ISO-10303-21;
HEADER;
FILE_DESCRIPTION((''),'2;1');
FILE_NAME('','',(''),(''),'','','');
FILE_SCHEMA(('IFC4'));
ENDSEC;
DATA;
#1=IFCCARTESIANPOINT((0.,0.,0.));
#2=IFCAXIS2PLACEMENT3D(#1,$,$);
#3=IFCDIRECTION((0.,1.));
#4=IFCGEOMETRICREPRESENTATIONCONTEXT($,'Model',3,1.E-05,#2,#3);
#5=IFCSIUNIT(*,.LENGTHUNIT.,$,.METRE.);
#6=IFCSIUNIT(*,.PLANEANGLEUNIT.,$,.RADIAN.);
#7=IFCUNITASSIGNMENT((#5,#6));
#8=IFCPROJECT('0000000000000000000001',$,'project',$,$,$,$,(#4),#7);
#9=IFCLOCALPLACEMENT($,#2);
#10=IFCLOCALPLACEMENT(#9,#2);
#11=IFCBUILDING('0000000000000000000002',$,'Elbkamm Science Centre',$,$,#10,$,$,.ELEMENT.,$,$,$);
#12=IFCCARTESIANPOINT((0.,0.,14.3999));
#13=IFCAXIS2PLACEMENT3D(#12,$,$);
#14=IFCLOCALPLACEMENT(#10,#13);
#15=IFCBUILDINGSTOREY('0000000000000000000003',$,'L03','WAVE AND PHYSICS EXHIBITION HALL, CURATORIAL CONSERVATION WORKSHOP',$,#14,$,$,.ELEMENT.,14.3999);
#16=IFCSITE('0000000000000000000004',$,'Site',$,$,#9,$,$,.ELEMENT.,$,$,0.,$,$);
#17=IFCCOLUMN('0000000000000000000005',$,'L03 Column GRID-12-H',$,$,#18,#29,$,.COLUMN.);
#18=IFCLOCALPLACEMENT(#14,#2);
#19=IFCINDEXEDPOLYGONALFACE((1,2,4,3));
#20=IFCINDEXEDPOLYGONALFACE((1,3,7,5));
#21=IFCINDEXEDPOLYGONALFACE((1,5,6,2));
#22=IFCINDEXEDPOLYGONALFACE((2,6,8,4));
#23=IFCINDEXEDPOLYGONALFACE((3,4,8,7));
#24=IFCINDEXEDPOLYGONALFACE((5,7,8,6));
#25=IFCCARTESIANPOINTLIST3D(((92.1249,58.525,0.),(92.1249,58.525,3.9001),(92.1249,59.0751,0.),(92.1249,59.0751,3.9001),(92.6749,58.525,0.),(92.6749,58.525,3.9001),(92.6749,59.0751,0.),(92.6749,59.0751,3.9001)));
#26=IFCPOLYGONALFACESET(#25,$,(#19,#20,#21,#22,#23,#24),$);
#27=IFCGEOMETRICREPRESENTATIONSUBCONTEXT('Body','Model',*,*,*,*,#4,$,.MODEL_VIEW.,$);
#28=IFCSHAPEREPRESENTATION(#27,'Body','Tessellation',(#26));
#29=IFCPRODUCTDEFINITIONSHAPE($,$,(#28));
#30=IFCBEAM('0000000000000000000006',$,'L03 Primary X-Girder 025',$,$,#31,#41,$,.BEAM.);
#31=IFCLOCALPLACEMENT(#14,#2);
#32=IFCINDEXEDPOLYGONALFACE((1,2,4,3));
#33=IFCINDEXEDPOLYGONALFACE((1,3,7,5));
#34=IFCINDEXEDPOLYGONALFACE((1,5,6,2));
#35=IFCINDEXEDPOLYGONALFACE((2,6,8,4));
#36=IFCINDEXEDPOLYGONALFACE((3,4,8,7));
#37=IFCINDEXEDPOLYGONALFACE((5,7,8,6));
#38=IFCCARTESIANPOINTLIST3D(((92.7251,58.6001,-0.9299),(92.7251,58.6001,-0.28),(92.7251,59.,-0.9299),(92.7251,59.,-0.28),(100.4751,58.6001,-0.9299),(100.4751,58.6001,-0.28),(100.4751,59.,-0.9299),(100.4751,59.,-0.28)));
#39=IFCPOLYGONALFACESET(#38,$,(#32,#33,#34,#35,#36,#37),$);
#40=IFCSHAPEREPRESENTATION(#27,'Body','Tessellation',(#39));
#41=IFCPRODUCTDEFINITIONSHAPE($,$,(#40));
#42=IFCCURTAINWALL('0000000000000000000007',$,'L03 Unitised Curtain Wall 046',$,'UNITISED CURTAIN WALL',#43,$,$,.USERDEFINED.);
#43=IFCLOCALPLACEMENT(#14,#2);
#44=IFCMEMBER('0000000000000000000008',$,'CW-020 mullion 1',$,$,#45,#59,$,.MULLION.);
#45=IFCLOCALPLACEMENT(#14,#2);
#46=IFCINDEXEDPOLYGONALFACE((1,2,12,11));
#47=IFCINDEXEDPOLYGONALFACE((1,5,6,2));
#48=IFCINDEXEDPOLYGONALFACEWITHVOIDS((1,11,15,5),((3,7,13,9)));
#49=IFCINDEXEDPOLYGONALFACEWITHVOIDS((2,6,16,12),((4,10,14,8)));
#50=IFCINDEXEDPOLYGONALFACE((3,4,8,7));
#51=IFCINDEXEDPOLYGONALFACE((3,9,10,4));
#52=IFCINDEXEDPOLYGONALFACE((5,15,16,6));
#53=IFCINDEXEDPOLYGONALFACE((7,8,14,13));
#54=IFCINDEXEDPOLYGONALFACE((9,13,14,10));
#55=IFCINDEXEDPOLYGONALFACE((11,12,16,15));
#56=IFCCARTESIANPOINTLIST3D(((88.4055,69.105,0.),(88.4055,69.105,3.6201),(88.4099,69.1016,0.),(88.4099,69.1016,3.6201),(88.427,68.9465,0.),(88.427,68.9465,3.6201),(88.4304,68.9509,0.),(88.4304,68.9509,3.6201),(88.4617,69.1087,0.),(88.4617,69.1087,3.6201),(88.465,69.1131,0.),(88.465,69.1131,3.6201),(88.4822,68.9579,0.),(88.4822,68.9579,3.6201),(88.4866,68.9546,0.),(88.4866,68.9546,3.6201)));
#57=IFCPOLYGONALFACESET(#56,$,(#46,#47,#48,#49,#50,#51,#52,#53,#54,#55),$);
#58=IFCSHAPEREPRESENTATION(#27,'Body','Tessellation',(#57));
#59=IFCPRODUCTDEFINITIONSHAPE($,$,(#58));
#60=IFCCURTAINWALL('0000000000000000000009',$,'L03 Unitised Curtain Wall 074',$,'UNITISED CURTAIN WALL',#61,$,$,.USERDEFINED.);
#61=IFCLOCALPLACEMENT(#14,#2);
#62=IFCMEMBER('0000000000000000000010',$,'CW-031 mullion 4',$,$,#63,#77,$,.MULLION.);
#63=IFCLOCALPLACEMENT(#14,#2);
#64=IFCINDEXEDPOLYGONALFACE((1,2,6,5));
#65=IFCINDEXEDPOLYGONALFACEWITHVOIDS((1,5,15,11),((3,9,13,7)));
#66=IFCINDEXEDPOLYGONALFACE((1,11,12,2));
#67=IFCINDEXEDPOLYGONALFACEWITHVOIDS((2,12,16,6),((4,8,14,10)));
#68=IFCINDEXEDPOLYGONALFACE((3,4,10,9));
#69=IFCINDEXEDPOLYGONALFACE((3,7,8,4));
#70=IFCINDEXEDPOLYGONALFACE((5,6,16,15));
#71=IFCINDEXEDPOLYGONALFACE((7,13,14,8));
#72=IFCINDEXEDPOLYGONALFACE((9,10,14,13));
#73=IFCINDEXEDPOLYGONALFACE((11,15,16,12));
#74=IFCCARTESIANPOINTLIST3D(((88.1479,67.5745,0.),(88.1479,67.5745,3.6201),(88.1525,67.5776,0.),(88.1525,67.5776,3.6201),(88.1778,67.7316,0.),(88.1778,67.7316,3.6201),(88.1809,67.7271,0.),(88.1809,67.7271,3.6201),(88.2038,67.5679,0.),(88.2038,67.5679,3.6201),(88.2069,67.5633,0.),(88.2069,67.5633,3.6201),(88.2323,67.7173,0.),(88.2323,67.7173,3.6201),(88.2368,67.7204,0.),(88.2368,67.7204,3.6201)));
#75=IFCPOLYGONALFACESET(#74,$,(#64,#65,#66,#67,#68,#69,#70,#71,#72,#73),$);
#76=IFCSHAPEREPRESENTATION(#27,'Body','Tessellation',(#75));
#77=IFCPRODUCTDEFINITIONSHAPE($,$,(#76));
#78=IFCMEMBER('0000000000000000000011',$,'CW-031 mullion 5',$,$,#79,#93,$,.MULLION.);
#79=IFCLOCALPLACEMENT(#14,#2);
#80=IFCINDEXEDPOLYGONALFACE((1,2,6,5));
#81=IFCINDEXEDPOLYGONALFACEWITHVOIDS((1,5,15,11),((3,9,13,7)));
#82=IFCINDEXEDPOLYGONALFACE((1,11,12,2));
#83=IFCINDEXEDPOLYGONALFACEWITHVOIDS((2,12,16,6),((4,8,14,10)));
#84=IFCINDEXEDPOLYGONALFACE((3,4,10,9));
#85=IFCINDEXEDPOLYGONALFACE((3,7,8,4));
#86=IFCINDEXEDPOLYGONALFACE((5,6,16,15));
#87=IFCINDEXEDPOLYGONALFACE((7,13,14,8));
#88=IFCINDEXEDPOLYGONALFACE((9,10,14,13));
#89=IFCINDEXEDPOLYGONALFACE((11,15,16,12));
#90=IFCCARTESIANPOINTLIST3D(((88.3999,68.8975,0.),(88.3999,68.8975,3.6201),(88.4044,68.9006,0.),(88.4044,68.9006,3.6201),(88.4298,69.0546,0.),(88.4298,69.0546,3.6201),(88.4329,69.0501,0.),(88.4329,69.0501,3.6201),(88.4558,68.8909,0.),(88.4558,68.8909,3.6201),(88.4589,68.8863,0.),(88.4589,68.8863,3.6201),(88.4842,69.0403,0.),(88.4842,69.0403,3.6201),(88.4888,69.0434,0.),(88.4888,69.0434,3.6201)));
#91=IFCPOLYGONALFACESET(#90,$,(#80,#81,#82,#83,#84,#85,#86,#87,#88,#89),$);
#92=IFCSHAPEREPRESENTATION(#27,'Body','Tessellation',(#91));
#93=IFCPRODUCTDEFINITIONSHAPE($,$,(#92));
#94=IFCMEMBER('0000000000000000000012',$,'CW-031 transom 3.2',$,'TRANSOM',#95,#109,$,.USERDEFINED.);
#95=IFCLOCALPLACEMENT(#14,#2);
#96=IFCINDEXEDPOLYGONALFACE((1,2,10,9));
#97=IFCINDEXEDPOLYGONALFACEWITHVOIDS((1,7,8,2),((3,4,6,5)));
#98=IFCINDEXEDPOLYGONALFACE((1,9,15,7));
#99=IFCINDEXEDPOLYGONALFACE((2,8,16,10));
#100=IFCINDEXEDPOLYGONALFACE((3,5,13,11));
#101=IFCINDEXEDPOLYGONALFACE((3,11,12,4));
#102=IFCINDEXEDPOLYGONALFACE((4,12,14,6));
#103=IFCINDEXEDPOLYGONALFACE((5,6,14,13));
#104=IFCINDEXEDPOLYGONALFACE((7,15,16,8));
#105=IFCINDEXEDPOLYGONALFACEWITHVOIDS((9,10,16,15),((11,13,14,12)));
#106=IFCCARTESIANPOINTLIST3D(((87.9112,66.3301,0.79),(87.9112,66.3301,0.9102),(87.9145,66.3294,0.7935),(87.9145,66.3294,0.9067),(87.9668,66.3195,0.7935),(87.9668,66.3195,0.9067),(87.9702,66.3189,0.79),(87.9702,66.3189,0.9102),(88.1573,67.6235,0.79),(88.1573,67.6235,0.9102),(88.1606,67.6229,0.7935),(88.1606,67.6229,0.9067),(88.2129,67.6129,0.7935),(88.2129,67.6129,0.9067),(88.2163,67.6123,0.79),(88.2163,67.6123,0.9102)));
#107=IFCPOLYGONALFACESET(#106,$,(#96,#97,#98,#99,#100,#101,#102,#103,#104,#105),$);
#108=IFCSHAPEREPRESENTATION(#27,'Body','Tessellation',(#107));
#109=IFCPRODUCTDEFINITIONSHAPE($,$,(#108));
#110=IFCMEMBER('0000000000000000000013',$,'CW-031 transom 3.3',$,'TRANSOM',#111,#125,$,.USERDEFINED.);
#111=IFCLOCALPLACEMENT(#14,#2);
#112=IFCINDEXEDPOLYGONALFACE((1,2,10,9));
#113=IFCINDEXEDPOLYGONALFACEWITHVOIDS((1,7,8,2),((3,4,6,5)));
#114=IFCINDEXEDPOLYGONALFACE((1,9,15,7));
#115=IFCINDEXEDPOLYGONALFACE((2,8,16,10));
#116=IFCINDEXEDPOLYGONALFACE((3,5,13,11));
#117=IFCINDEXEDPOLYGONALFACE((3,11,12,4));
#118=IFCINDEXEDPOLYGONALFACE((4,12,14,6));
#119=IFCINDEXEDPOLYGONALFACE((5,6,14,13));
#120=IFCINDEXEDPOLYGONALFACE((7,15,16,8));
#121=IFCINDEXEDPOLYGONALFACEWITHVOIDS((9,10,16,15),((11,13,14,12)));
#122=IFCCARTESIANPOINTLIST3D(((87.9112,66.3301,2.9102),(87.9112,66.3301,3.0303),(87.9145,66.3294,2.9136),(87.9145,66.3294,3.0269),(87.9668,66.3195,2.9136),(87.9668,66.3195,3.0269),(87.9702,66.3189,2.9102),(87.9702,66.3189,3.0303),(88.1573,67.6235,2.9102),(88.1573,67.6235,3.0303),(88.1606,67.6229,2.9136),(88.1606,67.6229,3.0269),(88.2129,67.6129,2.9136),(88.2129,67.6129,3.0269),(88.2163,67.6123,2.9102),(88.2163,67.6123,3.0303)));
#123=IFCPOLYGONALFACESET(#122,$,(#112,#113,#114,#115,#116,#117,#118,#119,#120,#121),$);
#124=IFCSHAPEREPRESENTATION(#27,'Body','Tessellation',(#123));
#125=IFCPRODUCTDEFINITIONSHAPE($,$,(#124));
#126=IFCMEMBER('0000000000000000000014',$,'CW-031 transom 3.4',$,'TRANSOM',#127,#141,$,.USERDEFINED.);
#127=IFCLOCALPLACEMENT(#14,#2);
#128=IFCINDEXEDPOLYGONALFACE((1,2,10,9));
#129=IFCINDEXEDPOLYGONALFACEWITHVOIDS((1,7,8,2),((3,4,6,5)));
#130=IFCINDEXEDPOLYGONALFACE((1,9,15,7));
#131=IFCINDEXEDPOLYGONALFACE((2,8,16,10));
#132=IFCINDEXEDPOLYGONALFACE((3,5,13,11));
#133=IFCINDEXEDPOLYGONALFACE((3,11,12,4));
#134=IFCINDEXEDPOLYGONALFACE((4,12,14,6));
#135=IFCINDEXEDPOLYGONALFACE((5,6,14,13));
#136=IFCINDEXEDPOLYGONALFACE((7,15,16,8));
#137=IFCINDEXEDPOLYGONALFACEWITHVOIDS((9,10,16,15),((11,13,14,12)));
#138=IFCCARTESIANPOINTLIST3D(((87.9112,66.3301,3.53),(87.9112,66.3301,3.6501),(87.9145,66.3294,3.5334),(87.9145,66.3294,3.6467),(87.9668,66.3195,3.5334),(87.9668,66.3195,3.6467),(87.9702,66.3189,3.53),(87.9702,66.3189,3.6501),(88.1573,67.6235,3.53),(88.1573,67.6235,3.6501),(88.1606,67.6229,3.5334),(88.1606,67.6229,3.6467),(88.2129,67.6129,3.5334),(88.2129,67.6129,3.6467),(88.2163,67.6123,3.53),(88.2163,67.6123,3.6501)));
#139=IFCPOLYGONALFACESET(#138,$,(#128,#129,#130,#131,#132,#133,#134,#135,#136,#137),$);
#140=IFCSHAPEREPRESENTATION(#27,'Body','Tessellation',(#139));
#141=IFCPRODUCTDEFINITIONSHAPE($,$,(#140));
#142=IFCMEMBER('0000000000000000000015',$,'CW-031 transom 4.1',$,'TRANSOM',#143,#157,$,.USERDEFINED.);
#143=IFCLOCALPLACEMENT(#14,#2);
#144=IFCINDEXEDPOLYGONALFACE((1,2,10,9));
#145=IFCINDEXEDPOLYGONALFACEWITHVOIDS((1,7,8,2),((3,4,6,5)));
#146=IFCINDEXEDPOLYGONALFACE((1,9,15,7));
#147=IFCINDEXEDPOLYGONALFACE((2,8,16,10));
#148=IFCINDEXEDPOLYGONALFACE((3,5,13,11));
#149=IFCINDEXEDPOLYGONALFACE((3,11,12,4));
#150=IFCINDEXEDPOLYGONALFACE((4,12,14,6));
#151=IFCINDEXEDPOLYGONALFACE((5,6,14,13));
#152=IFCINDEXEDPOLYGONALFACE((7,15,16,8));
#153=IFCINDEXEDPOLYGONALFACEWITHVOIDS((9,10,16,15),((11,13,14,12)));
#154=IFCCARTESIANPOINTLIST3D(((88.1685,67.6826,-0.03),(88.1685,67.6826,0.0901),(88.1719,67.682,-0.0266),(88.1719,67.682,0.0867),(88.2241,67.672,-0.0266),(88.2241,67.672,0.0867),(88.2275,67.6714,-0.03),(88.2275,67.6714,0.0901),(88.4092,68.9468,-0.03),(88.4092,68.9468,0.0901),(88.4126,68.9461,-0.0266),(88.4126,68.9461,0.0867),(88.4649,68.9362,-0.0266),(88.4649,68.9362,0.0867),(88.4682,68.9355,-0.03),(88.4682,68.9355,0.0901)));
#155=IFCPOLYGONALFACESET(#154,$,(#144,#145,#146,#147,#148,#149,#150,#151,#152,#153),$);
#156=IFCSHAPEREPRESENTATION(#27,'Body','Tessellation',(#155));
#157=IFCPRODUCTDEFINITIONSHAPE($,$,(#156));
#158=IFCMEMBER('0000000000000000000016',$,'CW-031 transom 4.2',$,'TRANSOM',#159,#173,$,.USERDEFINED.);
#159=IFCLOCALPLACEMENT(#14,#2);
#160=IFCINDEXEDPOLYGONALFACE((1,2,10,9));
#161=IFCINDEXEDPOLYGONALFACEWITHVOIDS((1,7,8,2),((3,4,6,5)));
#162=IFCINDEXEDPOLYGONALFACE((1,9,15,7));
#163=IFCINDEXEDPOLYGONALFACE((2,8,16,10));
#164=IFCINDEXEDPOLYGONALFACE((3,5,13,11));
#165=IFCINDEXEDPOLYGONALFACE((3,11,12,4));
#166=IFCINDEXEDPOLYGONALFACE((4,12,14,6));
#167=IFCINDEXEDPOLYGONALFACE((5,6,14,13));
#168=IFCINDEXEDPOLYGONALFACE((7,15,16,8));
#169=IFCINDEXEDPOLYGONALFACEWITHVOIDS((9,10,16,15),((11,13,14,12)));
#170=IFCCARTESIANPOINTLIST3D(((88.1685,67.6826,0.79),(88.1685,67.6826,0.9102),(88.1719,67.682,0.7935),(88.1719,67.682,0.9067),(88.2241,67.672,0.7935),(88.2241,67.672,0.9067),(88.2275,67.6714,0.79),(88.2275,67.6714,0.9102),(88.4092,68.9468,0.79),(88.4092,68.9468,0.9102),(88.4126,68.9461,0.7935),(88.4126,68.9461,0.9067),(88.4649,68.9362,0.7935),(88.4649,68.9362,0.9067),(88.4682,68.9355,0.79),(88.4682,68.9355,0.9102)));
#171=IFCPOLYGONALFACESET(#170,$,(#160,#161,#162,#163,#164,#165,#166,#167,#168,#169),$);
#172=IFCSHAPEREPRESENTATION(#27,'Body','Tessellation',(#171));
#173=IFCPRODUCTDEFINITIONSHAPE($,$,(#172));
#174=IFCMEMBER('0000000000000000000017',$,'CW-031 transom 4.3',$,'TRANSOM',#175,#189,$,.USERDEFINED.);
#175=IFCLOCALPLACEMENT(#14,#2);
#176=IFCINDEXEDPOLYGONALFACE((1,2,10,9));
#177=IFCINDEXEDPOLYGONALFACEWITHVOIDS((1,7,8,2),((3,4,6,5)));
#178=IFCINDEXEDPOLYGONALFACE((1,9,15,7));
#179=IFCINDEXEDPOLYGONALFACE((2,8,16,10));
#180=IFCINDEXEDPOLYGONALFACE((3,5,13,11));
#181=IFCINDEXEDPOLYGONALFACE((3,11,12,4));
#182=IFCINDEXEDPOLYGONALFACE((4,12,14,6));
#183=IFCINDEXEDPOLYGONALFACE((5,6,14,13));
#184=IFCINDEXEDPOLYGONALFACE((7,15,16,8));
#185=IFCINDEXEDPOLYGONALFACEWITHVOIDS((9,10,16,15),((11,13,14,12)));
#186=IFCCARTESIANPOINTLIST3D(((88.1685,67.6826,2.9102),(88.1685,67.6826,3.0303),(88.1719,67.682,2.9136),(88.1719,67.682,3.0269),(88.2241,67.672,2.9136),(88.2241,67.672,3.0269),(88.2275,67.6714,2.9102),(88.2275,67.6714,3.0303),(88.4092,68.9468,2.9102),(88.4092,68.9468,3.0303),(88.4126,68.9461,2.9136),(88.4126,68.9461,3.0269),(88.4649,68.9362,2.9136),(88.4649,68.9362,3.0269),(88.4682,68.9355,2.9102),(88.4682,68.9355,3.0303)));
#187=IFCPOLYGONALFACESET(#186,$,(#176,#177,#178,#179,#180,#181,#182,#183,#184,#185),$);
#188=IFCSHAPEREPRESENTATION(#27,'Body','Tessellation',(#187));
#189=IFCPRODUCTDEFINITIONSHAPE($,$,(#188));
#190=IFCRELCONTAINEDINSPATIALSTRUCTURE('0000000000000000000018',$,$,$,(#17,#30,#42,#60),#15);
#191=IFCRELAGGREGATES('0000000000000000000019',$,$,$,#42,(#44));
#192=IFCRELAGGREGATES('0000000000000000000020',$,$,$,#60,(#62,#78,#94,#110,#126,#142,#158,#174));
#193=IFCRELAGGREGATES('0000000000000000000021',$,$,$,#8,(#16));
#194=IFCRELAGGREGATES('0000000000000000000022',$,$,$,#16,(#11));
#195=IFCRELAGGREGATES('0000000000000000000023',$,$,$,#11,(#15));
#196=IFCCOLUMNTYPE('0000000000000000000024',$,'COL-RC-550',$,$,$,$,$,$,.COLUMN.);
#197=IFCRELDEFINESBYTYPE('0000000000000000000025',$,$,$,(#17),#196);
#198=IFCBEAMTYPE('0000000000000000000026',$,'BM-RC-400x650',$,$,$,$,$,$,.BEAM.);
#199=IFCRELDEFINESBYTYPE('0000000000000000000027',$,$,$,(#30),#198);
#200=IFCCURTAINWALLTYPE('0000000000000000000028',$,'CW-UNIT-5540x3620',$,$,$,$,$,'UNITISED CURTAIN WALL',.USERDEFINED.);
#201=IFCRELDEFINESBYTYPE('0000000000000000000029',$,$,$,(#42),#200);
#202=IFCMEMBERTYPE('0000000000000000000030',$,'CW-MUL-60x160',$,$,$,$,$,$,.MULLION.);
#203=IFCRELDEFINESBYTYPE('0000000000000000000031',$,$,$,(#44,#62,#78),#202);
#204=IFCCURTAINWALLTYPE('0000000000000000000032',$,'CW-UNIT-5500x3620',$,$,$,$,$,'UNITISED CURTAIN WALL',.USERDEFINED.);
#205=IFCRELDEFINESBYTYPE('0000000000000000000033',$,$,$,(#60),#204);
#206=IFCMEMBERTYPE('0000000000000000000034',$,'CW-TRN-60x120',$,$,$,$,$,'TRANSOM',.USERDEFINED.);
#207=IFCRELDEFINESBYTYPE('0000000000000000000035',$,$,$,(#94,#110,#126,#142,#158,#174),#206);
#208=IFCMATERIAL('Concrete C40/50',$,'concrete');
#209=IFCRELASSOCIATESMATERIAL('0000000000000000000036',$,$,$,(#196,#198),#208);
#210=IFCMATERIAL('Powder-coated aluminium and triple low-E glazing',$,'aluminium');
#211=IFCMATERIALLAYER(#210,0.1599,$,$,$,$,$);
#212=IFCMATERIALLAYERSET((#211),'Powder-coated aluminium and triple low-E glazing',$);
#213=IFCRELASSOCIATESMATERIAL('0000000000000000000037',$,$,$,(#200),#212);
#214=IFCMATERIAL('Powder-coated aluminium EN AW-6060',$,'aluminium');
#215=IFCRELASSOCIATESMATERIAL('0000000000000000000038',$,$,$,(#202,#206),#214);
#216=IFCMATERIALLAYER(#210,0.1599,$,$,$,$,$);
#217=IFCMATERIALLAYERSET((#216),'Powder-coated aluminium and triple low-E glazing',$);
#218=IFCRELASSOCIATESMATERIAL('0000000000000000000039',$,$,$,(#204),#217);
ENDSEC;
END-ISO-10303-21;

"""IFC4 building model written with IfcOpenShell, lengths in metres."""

from ifc_helpers import new_model, si_unit, direction, frame, origin, origin_2d, place, context, subcontext, project, spatial, rectangle, hollow_rectangle, extrude, material, layer, layer_set, material_profile, profile_set, type_object, element, aggregate, save


model = new_model("IFC4")

# Units and contexts
model_context = context("Model", 3, precision=1e-05, world=origin(), true_north=direction((0.0, 1.0)))
body_context = subcontext(model_context, "Body", "Model", "MODEL_VIEW")
ifc_project = project(units=[si_unit("LENGTHUNIT", "METRE"), si_unit("PLANEANGLEUNIT", "RADIAN")], contexts=[model_context])

# Site, building, storey
site_placement = place(None, origin())
site = spatial("IfcSite", under=ifc_project, at=site_placement, Name="Site", CompositionType="ELEMENT", RefElevation=0.0)
building_placement = place(site_placement, origin())
building = spatial("IfcBuilding", under=site, at=building_placement, Name="Elbkamm Science Centre", CompositionType="ELEMENT")
storey_placement = place(building_placement, frame((0.0, 0.0, 14.3999)))
storey = spatial("IfcBuildingStorey", under=building, at=storey_placement, Name="L03", Description="WAVE AND PHYSICS EXHIBITION HALL, CURATORIAL CONSERVATION WORKSHOP", CompositionType="ELEMENT", Elevation=14.3999)

# Column
ifc_material_1 = material(Name="Concrete C40/50", Category="concrete")
ifc_material_profile_1 = material_profile(ifc_material_1, rectangle(XDim=0.55, YDim=0.55, at=origin_2d()), Name="RC 550x550")
ifc_profile_set_1 = profile_set([ifc_material_profile_1], Name="Concrete C40/50")
column_type = type_object("IfcColumnType", Name="COL-RC-550", PredefinedType="COLUMN", material=ifc_profile_set_1)
column_placement = place(storey_placement, frame((92.3999, 58.8, 0.0), z_axis=(0.0, 0.0, 1.0), x_axis=(1.0, 0.0, 0.0)))
element("IfcColumn", 1, at=column_placement, inside=storey, type_object=column_type, Name="L03 Column GRID-12-H", PredefinedType="COLUMN", context=body_context, shape_type="SweptSolid", body=[
    extrude(rectangle(XDim=0.55, YDim=0.55, at=origin_2d()), origin(), (0.0, 0.0, 1.0), 3.9001),
])

# Beam
ifc_material_profile_2 = material_profile(ifc_material_1, rectangle(XDim=0.3999, YDim=0.6499, at=origin_2d()), Name="RC 400x650")
ifc_profile_set_2 = profile_set([ifc_material_profile_2], Name="Concrete C40/50")
beam_type = type_object("IfcBeamType", Name="BM-RC-400x650", PredefinedType="BEAM", material=ifc_profile_set_2)
beam_placement = place(storey_placement, frame((92.7251, 58.8, -0.605), z_axis=(1.0, 0.0, 0.0), x_axis=(0.0, 1.0, 0.0)))
element("IfcBeam", 2, at=beam_placement, inside=storey, type_object=beam_type, Name="L03 Primary X-Girder 025", PredefinedType="BEAM", context=body_context, shape_type="SweptSolid", body=[
    extrude(rectangle(XDim=0.3999, YDim=0.6499, at=origin_2d()), origin(), (0.0, 0.0, 1.0), 7.75),
])

# Curtain wall, member
ifc_material_2 = material(Name="Powder-coated aluminium and triple low-E glazing", Category="aluminium")
ifc_layer_1 = layer(ifc_material_2, 0.1599)
ifc_layer_set_1 = layer_set([ifc_layer_1], Name="Powder-coated aluminium and triple low-E glazing")
curtain_wall_type_1 = type_object("IfcCurtainWallType", Name="CW-UNIT-5540x3620", ElementType="UNITISED CURTAIN WALL", PredefinedType="USERDEFINED", material=ifc_layer_set_1)
curtain_wall_1_placement = place(storey_placement, origin())
curtain_wall_1 = element("IfcCurtainWall", 3, at=curtain_wall_1_placement, inside=storey, type_object=curtain_wall_type_1, Name="L03 Unitised Curtain Wall 046", ObjectType="UNITISED CURTAIN WALL", PredefinedType="USERDEFINED")
ifc_material_3 = material(Name="Powder-coated aluminium EN AW-6060", Category="aluminium")
ifc_material_profile_3 = material_profile(ifc_material_3, hollow_rectangle(XDim=0.0601, YDim=0.1599, WallThickness=0.0039, at=origin_2d()), Name="ALU M60x160")
ifc_profile_set_3 = profile_set([ifc_material_profile_3], Name="Powder-coated aluminium EN AW-6060")
member_type_1 = type_object("IfcMemberType", Name="CW-MUL-60x160", PredefinedType="MULLION", material=ifc_profile_set_3)
member_1_placement = place(storey_placement, frame((88.446, 69.0298, 0.0), z_axis=(0.0, 0.0, 1.0), x_axis=(-0.990903, -0.134576, 0.0)))
member_1 = element("IfcMember", 4, at=member_1_placement, type_object=member_type_1, Name="CW-020 mullion 1", PredefinedType="MULLION", context=body_context, shape_type="SweptSolid", body=[
    extrude(hollow_rectangle(XDim=0.0601, YDim=0.1599, WallThickness=0.0039, at=origin_2d()), origin(), (0.0, 0.0, 1.0), 3.6201),
])
aggregate(curtain_wall_1, [member_1])

# Curtain wall, members
ifc_layer_2 = layer(ifc_material_2, 0.1599)
ifc_layer_set_2 = layer_set([ifc_layer_2], Name="Powder-coated aluminium and triple low-E glazing")
curtain_wall_type_2 = type_object("IfcCurtainWallType", Name="CW-UNIT-5500x3620", ElementType="UNITISED CURTAIN WALL", PredefinedType="USERDEFINED", material=ifc_layer_set_2)
curtain_wall_2_placement = place(storey_placement, origin())
curtain_wall_2 = element("IfcCurtainWall", 5, at=curtain_wall_2_placement, inside=storey, type_object=curtain_wall_type_2, Name="L03 Unitised Curtain Wall 074", ObjectType="UNITISED CURTAIN WALL", PredefinedType="USERDEFINED")
member_2_placement = place(storey_placement, frame((88.1924, 67.6475, 0.0), z_axis=(0.0, 0.0, 1.0), x_axis=(-0.982351, 0.187046, 0.0)))
member_2 = element("IfcMember", 6, at=member_2_placement, type_object=member_type_1, Name="CW-031 mullion 4", PredefinedType="MULLION", context=body_context, shape_type="SweptSolid", body=[
    extrude(hollow_rectangle(XDim=0.0601, YDim=0.1599, WallThickness=0.0039, at=origin_2d()), origin(), (0.0, 0.0, 1.0), 3.6201),
])
member_3_placement = place(storey_placement, frame((88.4443, 68.9705, 0.0), z_axis=(0.0, 0.0, 1.0), x_axis=(-0.982351, 0.187046, 0.0)))
member_3 = element("IfcMember", 7, at=member_3_placement, type_object=member_type_1, Name="CW-031 mullion 5", PredefinedType="MULLION", context=body_context, shape_type="SweptSolid", body=[
    extrude(hollow_rectangle(XDim=0.0601, YDim=0.1599, WallThickness=0.0039, at=origin_2d()), origin(), (0.0, 0.0, 1.0), 3.6201),
])
ifc_material_profile_4 = material_profile(ifc_material_3, hollow_rectangle(XDim=0.0601, YDim=0.1201, WallThickness=0.0034, at=origin_2d()), Name="ALU T60x120")
ifc_profile_set_4 = profile_set([ifc_material_profile_4], Name="Powder-coated aluminium EN AW-6060")
member_type_2 = type_object("IfcMemberType", Name="CW-TRN-60x120", ElementType="TRANSOM", PredefinedType="USERDEFINED", material=ifc_profile_set_4)
member_4_placement = place(storey_placement, frame((87.9407, 66.3245, 0.8501), z_axis=(0.186908, 0.982377, 0.0), x_axis=(-0.982377, 0.186908, 0.0)))
member_4 = element("IfcMember", 8, at=member_4_placement, type_object=member_type_2, Name="CW-031 transom 3.2", ObjectType="TRANSOM", PredefinedType="USERDEFINED", context=body_context, shape_type="SweptSolid", body=[
    extrude(hollow_rectangle(XDim=0.0601, YDim=0.1201, WallThickness=0.0034, at=origin_2d()), origin(), (0.0, 0.0, 1.0), 1.3167),
])
member_5_placement = place(storey_placement, frame((87.9407, 66.3245, 2.9702), z_axis=(0.186908, 0.982377, 0.0), x_axis=(-0.982377, 0.186908, 0.0)))
member_5 = element("IfcMember", 9, at=member_5_placement, type_object=member_type_2, Name="CW-031 transom 3.3", ObjectType="TRANSOM", PredefinedType="USERDEFINED", context=body_context, shape_type="SweptSolid", body=[
    extrude(hollow_rectangle(XDim=0.0601, YDim=0.1201, WallThickness=0.0034, at=origin_2d()), origin(), (0.0, 0.0, 1.0), 1.3167),
])
member_6_placement = place(storey_placement, frame((87.9407, 66.3245, 3.5901), z_axis=(0.186908, 0.982377, 0.0), x_axis=(-0.982377, 0.186908, 0.0)))
member_6 = element("IfcMember", 10, at=member_6_placement, type_object=member_type_2, Name="CW-031 transom 3.4", ObjectType="TRANSOM", PredefinedType="USERDEFINED", context=body_context, shape_type="SweptSolid", body=[
    extrude(hollow_rectangle(XDim=0.0601, YDim=0.1201, WallThickness=0.0034, at=origin_2d()), origin(), (0.0, 0.0, 1.0), 1.3167),
])
member_7_placement = place(storey_placement, frame((88.198, 67.677, 0.03), z_axis=(0.18706, 0.982349, 0.0), x_axis=(-0.982349, 0.18706, 0.0)))
member_7 = element("IfcMember", 11, at=member_7_placement, type_object=member_type_2, Name="CW-031 transom 4.1", ObjectType="TRANSOM", PredefinedType="USERDEFINED", context=body_context, shape_type="SweptSolid", body=[
    extrude(hollow_rectangle(XDim=0.0601, YDim=0.1201, WallThickness=0.0034, at=origin_2d()), origin(), (0.0, 0.0, 1.0), 1.2869),
])
member_8_placement = place(storey_placement, frame((88.198, 67.677, 0.8501), z_axis=(0.18706, 0.982349, 0.0), x_axis=(-0.982349, 0.18706, 0.0)))
member_8 = element("IfcMember", 12, at=member_8_placement, type_object=member_type_2, Name="CW-031 transom 4.2", ObjectType="TRANSOM", PredefinedType="USERDEFINED", context=body_context, shape_type="SweptSolid", body=[
    extrude(hollow_rectangle(XDim=0.0601, YDim=0.1201, WallThickness=0.0034, at=origin_2d()), origin(), (0.0, 0.0, 1.0), 1.2869),
])
member_9_placement = place(storey_placement, frame((88.198, 67.677, 2.9702), z_axis=(0.18706, 0.982349, 0.0), x_axis=(-0.982349, 0.18706, 0.0)))
member_9 = element("IfcMember", 13, at=member_9_placement, type_object=member_type_2, Name="CW-031 transom 4.3", ObjectType="TRANSOM", PredefinedType="USERDEFINED", context=body_context, shape_type="SweptSolid", body=[
    extrude(hollow_rectangle(XDim=0.0601, YDim=0.1201, WallThickness=0.0034, at=origin_2d()), origin(), (0.0, 0.0, 1.0), 1.2869),
])
aggregate(curtain_wall_2, [member_2, member_3, member_4, member_5, member_6, member_7, member_8, member_9])

save(model, "model.ifc")
